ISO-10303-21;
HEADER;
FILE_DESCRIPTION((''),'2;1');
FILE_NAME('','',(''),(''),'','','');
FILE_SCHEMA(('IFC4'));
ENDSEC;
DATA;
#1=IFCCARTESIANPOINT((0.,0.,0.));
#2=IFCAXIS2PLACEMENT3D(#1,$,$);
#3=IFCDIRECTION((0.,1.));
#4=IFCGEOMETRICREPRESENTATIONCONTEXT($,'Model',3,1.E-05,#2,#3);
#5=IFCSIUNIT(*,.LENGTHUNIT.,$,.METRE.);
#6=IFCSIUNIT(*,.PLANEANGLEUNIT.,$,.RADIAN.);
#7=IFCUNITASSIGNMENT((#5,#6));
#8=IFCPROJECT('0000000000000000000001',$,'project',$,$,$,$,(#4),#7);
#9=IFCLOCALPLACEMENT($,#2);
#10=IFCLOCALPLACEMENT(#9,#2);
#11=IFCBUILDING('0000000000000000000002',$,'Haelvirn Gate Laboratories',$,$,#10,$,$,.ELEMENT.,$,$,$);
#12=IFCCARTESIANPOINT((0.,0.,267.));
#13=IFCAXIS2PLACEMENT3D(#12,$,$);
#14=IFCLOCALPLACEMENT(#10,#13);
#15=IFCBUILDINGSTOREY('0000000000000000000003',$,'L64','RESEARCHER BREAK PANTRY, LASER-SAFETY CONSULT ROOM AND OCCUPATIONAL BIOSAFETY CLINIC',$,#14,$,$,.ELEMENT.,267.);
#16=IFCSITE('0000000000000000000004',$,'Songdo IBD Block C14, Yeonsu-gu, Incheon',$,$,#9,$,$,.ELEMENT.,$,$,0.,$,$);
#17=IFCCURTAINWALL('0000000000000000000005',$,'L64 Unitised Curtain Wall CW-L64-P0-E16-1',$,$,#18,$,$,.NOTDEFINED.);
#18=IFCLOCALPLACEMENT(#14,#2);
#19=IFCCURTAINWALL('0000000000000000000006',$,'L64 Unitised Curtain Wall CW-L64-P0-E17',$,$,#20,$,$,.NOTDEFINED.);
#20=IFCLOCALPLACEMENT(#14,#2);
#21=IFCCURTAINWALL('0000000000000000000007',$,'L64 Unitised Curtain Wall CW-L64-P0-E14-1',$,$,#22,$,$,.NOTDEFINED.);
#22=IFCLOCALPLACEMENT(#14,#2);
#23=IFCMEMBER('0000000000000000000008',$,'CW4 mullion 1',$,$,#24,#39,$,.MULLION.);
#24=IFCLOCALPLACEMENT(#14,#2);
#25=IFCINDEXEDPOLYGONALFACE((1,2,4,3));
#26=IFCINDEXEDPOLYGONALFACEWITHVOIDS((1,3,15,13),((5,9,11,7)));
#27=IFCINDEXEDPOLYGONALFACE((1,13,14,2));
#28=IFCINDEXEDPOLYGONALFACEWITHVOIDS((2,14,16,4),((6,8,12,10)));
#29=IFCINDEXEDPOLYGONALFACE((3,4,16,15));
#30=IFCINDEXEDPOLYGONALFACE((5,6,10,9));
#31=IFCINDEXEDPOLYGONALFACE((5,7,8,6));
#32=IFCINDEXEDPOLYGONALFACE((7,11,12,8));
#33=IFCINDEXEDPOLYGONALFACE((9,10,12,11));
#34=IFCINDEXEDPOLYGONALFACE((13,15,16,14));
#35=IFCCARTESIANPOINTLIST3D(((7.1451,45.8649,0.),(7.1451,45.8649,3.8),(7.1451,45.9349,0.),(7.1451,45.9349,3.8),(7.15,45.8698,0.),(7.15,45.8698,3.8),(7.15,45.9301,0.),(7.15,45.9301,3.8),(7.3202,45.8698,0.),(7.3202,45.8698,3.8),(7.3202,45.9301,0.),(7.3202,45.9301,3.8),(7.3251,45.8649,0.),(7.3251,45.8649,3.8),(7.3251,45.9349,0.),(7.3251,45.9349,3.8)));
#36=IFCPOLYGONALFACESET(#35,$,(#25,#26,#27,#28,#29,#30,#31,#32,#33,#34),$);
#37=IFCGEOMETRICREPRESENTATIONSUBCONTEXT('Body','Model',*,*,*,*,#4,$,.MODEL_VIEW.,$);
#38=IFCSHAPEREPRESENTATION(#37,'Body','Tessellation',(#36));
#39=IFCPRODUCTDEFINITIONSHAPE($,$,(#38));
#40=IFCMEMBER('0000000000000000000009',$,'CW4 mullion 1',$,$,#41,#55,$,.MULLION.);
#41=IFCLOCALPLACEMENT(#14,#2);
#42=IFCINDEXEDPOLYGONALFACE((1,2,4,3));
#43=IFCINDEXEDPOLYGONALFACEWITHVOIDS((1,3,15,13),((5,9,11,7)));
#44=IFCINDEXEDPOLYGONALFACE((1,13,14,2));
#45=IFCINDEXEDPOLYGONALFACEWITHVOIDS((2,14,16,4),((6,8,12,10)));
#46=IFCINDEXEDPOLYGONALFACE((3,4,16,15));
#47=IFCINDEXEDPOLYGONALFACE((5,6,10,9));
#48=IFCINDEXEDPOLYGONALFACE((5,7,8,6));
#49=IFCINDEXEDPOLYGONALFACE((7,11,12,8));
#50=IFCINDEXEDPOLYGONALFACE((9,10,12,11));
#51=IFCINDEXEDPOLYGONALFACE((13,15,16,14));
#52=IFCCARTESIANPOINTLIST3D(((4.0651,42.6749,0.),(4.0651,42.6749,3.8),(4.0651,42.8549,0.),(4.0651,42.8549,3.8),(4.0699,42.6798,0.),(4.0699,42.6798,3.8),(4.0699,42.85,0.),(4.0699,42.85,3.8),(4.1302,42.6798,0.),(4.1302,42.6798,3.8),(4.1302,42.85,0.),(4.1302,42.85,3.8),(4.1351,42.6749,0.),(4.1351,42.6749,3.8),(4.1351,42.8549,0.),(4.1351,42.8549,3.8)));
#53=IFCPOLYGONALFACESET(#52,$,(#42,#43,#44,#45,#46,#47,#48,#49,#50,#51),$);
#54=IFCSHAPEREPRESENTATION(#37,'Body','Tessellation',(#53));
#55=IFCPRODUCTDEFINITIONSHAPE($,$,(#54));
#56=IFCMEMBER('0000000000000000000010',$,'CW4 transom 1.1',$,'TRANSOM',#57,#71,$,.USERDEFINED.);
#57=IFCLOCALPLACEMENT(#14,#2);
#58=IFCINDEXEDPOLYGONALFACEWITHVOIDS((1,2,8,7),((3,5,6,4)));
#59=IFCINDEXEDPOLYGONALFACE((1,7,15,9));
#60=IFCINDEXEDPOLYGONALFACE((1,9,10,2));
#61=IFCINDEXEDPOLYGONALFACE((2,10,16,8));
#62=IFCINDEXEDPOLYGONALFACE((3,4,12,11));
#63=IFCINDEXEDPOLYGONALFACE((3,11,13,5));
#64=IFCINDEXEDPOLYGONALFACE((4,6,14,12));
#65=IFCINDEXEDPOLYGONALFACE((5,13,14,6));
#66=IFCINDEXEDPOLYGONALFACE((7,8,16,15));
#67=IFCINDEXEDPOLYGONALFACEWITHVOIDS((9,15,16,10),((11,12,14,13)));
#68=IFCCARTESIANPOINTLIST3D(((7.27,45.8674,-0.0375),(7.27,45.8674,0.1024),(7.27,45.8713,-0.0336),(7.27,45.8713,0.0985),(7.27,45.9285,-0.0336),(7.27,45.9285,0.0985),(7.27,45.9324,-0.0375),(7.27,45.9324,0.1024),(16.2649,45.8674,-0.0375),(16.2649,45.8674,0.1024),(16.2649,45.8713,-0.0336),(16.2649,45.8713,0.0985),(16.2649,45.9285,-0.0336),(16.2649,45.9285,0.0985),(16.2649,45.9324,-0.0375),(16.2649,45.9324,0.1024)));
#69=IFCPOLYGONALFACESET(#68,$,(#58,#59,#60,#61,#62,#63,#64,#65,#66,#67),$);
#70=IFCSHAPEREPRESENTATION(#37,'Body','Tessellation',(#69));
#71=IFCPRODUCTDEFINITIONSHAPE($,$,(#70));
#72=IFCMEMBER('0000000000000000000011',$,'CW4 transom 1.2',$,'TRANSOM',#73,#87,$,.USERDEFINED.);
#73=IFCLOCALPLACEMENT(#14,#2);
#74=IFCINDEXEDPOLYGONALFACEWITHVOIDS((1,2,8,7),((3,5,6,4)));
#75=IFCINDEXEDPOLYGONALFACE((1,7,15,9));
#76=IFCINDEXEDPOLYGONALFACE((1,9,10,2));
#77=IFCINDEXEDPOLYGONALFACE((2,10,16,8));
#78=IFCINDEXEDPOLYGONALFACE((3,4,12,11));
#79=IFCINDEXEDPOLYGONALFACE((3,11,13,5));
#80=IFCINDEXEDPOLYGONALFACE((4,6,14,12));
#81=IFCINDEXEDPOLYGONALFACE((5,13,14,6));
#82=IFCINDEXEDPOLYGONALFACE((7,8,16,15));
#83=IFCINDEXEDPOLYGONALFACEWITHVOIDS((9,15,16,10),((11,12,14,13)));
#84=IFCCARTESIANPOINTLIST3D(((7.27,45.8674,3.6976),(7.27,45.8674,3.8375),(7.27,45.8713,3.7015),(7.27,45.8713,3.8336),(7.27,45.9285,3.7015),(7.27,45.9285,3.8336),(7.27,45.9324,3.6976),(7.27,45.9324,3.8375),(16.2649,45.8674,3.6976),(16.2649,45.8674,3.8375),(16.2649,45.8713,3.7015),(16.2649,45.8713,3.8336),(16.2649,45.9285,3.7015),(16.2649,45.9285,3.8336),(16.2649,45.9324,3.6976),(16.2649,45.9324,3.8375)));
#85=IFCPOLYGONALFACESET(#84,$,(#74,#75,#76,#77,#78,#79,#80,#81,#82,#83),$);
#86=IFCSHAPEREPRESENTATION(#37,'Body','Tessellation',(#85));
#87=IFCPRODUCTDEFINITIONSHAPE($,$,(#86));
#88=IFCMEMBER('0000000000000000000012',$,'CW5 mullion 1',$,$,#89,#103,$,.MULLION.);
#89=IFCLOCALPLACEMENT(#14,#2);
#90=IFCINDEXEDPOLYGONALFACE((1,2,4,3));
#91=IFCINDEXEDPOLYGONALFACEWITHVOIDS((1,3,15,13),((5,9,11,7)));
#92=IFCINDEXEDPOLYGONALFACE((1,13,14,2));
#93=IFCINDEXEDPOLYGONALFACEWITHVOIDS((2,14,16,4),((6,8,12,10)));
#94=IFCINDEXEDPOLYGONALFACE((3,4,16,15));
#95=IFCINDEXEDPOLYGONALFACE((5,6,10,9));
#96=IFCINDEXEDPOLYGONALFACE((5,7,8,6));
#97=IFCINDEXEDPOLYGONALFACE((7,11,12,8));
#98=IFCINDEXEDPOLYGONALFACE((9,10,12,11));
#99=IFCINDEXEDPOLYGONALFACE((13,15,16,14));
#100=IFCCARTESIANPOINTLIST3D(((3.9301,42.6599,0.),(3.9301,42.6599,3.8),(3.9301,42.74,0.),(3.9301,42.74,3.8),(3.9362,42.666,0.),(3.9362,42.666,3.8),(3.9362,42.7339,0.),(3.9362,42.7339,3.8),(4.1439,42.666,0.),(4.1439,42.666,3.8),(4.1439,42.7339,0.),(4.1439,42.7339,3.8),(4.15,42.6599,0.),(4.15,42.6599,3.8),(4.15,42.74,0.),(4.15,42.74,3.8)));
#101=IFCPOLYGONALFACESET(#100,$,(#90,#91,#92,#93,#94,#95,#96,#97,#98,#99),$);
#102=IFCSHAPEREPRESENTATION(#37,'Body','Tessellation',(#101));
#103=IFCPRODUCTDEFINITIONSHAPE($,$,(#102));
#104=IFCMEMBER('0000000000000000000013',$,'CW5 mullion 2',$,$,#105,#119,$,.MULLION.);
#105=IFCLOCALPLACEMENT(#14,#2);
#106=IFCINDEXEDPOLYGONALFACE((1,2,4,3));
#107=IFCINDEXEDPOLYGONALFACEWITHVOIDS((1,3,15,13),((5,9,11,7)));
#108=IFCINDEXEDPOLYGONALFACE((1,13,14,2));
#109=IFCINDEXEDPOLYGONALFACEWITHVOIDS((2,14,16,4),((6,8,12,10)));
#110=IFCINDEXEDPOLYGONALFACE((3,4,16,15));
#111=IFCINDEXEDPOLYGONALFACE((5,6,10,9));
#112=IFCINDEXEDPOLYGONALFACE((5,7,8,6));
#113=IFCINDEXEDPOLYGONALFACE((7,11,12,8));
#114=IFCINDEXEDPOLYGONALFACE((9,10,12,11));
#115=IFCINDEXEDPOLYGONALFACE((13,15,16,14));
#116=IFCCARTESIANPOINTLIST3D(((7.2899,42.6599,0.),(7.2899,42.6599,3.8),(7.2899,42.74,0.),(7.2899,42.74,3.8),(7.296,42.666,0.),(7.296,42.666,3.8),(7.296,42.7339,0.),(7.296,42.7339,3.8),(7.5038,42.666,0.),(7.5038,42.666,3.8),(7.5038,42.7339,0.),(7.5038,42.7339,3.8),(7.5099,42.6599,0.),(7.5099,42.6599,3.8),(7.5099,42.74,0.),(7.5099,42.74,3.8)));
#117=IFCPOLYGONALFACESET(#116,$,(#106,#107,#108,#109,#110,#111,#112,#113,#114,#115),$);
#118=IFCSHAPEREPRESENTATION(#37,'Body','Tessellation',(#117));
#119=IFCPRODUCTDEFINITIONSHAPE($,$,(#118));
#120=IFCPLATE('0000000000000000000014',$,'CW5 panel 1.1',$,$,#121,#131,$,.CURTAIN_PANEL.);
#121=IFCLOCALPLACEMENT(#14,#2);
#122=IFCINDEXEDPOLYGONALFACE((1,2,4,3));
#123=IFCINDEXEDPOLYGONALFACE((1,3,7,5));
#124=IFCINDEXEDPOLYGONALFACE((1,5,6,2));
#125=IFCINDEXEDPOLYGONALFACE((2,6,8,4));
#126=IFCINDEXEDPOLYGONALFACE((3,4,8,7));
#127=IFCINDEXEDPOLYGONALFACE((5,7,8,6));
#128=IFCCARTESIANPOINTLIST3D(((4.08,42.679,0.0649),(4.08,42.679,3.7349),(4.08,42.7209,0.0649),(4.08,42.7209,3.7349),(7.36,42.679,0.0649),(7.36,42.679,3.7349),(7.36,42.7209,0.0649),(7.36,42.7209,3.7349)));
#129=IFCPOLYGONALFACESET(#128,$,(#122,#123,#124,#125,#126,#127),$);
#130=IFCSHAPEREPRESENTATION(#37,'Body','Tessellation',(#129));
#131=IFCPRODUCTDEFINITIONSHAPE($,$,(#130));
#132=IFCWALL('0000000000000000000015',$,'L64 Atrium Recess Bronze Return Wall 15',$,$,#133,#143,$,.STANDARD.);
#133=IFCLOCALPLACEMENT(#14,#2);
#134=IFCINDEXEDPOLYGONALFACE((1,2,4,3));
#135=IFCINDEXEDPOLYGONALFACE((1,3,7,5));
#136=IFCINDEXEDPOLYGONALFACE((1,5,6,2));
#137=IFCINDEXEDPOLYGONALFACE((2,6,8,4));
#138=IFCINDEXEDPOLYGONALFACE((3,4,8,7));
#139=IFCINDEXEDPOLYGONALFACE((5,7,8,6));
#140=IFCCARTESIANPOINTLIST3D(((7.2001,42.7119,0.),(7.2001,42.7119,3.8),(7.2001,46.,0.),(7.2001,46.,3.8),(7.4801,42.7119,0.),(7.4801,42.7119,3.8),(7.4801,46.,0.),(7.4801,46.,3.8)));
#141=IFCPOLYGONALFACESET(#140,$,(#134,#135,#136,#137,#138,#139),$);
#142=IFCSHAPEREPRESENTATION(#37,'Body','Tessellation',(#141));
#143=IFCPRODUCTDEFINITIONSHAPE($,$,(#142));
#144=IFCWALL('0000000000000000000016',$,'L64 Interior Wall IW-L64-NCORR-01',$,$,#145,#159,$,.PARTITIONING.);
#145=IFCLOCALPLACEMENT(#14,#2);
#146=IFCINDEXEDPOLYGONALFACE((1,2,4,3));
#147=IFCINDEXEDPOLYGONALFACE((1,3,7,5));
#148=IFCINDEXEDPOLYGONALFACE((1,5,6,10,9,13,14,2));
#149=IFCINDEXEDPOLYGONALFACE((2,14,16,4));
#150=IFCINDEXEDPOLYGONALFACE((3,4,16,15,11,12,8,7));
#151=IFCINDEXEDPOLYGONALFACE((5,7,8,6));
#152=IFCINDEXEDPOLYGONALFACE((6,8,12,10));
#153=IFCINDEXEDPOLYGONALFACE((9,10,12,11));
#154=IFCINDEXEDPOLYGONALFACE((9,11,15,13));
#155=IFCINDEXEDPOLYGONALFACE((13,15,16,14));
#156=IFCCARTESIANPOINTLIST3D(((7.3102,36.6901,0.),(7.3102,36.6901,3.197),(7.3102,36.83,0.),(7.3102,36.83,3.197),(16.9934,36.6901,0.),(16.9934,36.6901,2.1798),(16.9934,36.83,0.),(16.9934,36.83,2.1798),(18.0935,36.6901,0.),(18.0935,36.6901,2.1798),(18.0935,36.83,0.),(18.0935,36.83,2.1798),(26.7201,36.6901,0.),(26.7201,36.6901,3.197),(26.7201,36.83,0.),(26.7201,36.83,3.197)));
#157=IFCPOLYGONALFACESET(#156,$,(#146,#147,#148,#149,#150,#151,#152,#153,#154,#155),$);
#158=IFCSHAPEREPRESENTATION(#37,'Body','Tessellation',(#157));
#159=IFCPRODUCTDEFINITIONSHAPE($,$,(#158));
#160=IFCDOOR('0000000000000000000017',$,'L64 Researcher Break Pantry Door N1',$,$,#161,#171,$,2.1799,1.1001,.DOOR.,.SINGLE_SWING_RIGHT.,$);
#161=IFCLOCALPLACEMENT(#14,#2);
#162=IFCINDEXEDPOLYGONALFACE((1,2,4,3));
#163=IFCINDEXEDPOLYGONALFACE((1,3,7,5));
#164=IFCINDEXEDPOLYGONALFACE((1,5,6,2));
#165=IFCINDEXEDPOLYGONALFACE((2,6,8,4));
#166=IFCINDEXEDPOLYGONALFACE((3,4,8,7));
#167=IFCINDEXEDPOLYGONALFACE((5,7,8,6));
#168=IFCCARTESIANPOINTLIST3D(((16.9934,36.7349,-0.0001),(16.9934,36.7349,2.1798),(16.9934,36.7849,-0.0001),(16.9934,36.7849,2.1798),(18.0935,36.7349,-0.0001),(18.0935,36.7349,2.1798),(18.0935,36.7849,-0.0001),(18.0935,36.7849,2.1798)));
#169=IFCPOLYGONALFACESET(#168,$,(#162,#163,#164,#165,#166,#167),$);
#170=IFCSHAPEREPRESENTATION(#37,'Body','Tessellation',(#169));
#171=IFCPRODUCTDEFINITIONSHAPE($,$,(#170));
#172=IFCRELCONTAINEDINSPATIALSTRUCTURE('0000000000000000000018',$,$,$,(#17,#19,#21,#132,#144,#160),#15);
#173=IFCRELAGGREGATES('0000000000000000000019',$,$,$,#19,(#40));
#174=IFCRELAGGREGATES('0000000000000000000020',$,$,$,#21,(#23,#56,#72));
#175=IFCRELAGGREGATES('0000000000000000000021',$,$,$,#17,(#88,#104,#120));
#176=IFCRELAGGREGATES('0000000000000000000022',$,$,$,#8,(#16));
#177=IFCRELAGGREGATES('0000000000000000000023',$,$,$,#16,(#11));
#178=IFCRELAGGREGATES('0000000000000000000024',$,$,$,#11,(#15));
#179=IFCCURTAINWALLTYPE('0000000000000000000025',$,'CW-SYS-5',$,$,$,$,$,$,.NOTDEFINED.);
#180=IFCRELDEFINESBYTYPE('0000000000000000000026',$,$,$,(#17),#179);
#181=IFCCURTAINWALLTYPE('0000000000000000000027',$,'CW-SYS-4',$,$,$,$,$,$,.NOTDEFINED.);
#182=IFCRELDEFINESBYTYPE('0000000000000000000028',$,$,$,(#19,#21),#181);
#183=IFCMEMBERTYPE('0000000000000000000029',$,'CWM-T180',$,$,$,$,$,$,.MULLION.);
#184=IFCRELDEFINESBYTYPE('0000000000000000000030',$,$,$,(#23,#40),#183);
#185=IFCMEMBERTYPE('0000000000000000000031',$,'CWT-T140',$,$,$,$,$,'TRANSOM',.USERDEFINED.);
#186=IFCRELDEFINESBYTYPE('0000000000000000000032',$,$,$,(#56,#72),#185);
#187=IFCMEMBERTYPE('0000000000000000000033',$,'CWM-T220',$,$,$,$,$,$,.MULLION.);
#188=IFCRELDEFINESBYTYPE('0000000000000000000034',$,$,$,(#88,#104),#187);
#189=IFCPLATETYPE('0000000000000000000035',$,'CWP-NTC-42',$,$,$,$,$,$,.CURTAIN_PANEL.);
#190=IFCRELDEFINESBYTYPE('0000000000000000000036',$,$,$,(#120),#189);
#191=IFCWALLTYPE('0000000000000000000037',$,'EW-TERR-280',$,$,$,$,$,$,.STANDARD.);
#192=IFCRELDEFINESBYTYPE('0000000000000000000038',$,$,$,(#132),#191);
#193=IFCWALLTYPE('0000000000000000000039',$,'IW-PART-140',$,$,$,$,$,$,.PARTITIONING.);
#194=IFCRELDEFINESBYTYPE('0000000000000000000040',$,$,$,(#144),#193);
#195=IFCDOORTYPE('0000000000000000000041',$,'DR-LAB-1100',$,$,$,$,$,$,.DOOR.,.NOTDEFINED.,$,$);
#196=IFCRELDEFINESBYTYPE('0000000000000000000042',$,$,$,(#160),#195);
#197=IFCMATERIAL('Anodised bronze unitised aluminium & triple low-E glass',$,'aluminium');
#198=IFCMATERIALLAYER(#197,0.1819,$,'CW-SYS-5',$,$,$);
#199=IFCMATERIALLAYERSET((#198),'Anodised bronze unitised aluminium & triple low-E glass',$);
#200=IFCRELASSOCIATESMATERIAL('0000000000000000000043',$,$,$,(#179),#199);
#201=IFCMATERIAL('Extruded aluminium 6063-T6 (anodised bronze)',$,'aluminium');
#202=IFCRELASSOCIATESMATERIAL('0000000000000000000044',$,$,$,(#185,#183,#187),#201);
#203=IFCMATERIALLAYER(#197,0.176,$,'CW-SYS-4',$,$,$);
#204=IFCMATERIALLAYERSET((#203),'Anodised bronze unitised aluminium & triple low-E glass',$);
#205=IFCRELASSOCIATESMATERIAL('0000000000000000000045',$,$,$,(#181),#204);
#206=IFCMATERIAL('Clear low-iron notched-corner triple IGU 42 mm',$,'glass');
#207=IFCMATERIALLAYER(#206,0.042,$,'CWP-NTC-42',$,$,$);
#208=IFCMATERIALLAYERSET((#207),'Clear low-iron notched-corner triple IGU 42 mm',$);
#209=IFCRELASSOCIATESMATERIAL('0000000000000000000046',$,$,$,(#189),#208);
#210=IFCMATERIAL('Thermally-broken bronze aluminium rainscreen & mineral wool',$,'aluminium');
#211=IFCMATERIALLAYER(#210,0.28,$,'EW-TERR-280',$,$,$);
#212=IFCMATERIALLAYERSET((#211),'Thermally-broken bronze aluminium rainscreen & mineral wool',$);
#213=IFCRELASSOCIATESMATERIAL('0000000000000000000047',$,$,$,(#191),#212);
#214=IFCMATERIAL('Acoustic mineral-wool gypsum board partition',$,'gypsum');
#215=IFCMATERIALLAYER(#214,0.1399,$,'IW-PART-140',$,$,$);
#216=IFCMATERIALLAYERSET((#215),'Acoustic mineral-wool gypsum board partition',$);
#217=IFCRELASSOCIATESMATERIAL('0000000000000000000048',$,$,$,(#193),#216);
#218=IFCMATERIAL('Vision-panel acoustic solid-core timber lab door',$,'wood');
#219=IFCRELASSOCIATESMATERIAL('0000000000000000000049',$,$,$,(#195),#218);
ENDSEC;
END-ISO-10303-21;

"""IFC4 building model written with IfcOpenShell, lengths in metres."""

from ifc_helpers import new_model, si_unit, direction, frame, frame_2d, origin, origin_2d, place, context, subcontext, project, spatial, rectangle, hollow_rectangle, extrude, source, transform, mapped, material, layer, layer_set, material_profile, profile_set, type_object, type_shapes, element, fill, aggregate, save


model = new_model("IFC4")

# Units and contexts
model_context = context("Model", 3, precision=1e-05, world=origin(), true_north=direction((0.0, 1.0)))
body_context = subcontext(model_context, "Body", "Model", "MODEL_VIEW")
ifc_project = project(units=[si_unit("LENGTHUNIT", "METRE"), si_unit("PLANEANGLEUNIT", "RADIAN")], contexts=[model_context])

# Site, building, storey
site_placement = place(None, origin())
site = spatial("IfcSite", under=ifc_project, at=site_placement, Name="Songdo IBD Block C14, Yeonsu-gu, Incheon", CompositionType="ELEMENT", RefElevation=0.0)
building_placement = place(site_placement, origin())
building = spatial("IfcBuilding", under=site, at=building_placement, Name="Haelvirn Gate Laboratories", CompositionType="ELEMENT")
storey_placement = place(building_placement, frame((0.0, 0.0, 267.0)))
storey = spatial("IfcBuildingStorey", under=building, at=storey_placement, Name="L64", Description="RESEARCHER BREAK PANTRY, LASER-SAFETY CONSULT ROOM AND OCCUPATIONAL BIOSAFETY CLINIC", CompositionType="ELEMENT", Elevation=267.0)

# Curtain walls
ifc_material_1 = material(Name="Anodised bronze unitised aluminium & triple low-E glass", Category="aluminium")
ifc_layer_1 = layer(ifc_material_1, 0.1819, Name="CW-SYS-5")
ifc_layer_set_1 = layer_set([ifc_layer_1], Name="Anodised bronze unitised aluminium & triple low-E glass")
curtain_wall_type_1 = type_object("IfcCurtainWallType", Name="CW-SYS-5", PredefinedType="NOTDEFINED", material=ifc_layer_set_1)
curtain_wall_1_placement = place(storey_placement, origin())
curtain_wall_1 = element("IfcCurtainWall", 1, at=curtain_wall_1_placement, inside=storey, type_object=curtain_wall_type_1, Name="L64 Unitised Curtain Wall CW-L64-P0-E16-1", PredefinedType="NOTDEFINED")
ifc_material_2 = material(Name="Extruded aluminium 6063-T6 (anodised bronze)", Category="aluminium")
ifc_material_profile_1 = material_profile(ifc_material_2, hollow_rectangle(XDim=0.0649, YDim=0.1399, WallThickness=0.0039, at=origin_2d()), Name="CWT-140x65x4")
ifc_profile_set_1 = profile_set([ifc_material_profile_1], Name="Extruded aluminium 6063-T6 (anodised bronze)")
member_type_1 = type_object("IfcMemberType", Name="CWT-T140", ElementType="TRANSOM", PredefinedType="USERDEFINED", material=ifc_profile_set_1)
ifc_layer_2 = layer(ifc_material_1, 0.176, Name="CW-SYS-4")
ifc_layer_set_2 = layer_set([ifc_layer_2], Name="Anodised bronze unitised aluminium & triple low-E glass")
curtain_wall_type_2 = type_object("IfcCurtainWallType", Name="CW-SYS-4", PredefinedType="NOTDEFINED", material=ifc_layer_set_2)
curtain_wall_2_placement = place(storey_placement, origin())
curtain_wall_2 = element("IfcCurtainWall", 2, at=curtain_wall_2_placement, inside=storey, type_object=curtain_wall_type_2, Name="L64 Unitised Curtain Wall CW-L64-P0-E17", PredefinedType="NOTDEFINED")

# Curtain wall, member
curtain_wall_3_placement = place(storey_placement, origin())
curtain_wall_3 = element("IfcCurtainWall", 3, at=curtain_wall_3_placement, inside=storey, type_object=curtain_wall_type_2, Name="L64 Unitised Curtain Wall CW-L64-P0-E14-1", PredefinedType="NOTDEFINED")
ifc_material_profile_2 = material_profile(ifc_material_2, hollow_rectangle(XDim=0.0701, YDim=0.1799, WallThickness=0.0049, at=origin_2d()), Name="CWM-180x70x5")
ifc_profile_set_2 = profile_set([ifc_material_profile_2], Name="Extruded aluminium 6063-T6 (anodised bronze)")
member_type_2 = type_object("IfcMemberType", Name="CWM-T180", PredefinedType="MULLION", material=ifc_profile_set_2)
shared_shape_1 = source(origin(), body_context, "Body", "SweptSolid", [
    extrude(hollow_rectangle(XDim=0.0701, YDim=0.1799, WallThickness=0.0049, at=origin_2d()), origin(), (0.0, 0.0, 1.0), 3.8),
])
type_shapes(member_type_2, [shared_shape_1])
member_1_placement = place(storey_placement, frame((7.2351, 45.8999, 0.0), z_axis=(0.0, 0.0, 1.0), x_axis=(0.0, 1.0, 0.0)))
member_1 = element("IfcMember", 4, at=member_1_placement, type_object=member_type_2, Name="CW4 mullion 1", PredefinedType="MULLION", context=body_context, shape_type="MappedRepresentation", body=[
    mapped(shared_shape_1, transform((0.0, 0.0, 0.0), scale=1.0)),
])

# Members
member_2_placement = place(storey_placement, frame((4.1001, 42.7649, 0.0), z_axis=(0.0, 0.0, 1.0), x_axis=(1.0, 0.0, 0.0)))
member_2 = element("IfcMember", 5, at=member_2_placement, type_object=member_type_2, Name="CW4 mullion 1", PredefinedType="MULLION", context=body_context, shape_type="MappedRepresentation", body=[
    mapped(shared_shape_1, transform((0.0, 0.0, 0.0), scale=1.0)),
])
aggregate(curtain_wall_2, [member_2])
shared_shape_2 = source(origin(), body_context, "Body", "SweptSolid", [
    extrude(hollow_rectangle(XDim=0.0649, YDim=0.1399, WallThickness=0.0039, at=origin_2d()), origin(), (0.0, 0.0, 1.0), 8.9949),
])
member_3_placement = place(storey_placement, frame((7.27, 45.8999, 0.0325), z_axis=(1.0, 0.0, 0.0), x_axis=(0.0, 1.0, 0.0)))
member_3 = element("IfcMember", 6, at=member_3_placement, type_object=member_type_1, Name="CW4 transom 1.1", ObjectType="TRANSOM", PredefinedType="USERDEFINED", context=body_context, shape_type="MappedRepresentation", body=[
    mapped(shared_shape_2, transform((0.0, 0.0, 0.0), scale=1.0)),
])
member_4_placement = place(storey_placement, frame((7.27, 45.8999, 3.7676), z_axis=(1.0, 0.0, 0.0), x_axis=(0.0, 1.0, 0.0)))
member_4 = element("IfcMember", 7, at=member_4_placement, type_object=member_type_1, Name="CW4 transom 1.2", ObjectType="TRANSOM", PredefinedType="USERDEFINED", context=body_context, shape_type="MappedRepresentation", body=[
    mapped(shared_shape_2, transform((0.0, 0.0, 0.0), scale=1.0)),
])
aggregate(curtain_wall_3, [member_1, member_3, member_4])
ifc_material_profile_3 = material_profile(ifc_material_2, hollow_rectangle(XDim=0.0801, YDim=0.22, WallThickness=0.0061, at=origin_2d()), Name="CWM-220x80x6")
ifc_profile_set_3 = profile_set([ifc_material_profile_3], Name="Extruded aluminium 6063-T6 (anodised bronze)")
member_type_3 = type_object("IfcMemberType", Name="CWM-T220", PredefinedType="MULLION", material=ifc_profile_set_3)
shared_shape_3 = source(origin(), body_context, "Body", "SweptSolid", [
    extrude(hollow_rectangle(XDim=0.0801, YDim=0.22, WallThickness=0.0061, at=origin_2d()), origin(), (0.0, 0.0, 1.0), 3.8),
])
type_shapes(member_type_3, [shared_shape_3])
member_5_placement = place(storey_placement, frame((4.04, 42.7, 0.0), z_axis=(0.0, 0.0, 1.0), x_axis=(0.0, 1.0, 0.0)))
member_5 = element("IfcMember", 8, at=member_5_placement, type_object=member_type_3, Name="CW5 mullion 1", PredefinedType="MULLION", context=body_context, shape_type="MappedRepresentation", body=[
    mapped(shared_shape_3, transform((0.0, 0.0, 0.0), scale=1.0)),
])
member_6_placement = place(storey_placement, frame((7.3999, 42.7, 0.0), z_axis=(0.0, 0.0, 1.0), x_axis=(0.0, 1.0, 0.0)))
member_6 = element("IfcMember", 9, at=member_6_placement, type_object=member_type_3, Name="CW5 mullion 2", PredefinedType="MULLION", context=body_context, shape_type="MappedRepresentation", body=[
    mapped(shared_shape_3, transform((0.0, 0.0, 0.0), scale=1.0)),
])

# Plate
ifc_material_3 = material(Name="Clear low-iron notched-corner triple IGU 42 mm", Category="glass")
ifc_layer_3 = layer(ifc_material_3, 0.042, Name="CWP-NTC-42")
ifc_layer_set_3 = layer_set([ifc_layer_3], Name="Clear low-iron notched-corner triple IGU 42 mm")
plate_type = type_object("IfcPlateType", Name="CWP-NTC-42", PredefinedType="CURTAIN_PANEL", material=ifc_layer_set_3)
shared_shape_4 = source(origin(), body_context, "Body", "SweptSolid", [
    extrude(rectangle(XDim=3.28, YDim=0.042, at=origin_2d()), origin(), (0.0, 0.0, 1.0), 3.6699),
])
type_shapes(plate_type, [shared_shape_4])
plate_placement = place(storey_placement, frame((5.72, 42.7, 0.0649), z_axis=(0.0, 0.0, 1.0), x_axis=(1.0, 0.0, 0.0)))
plate = element("IfcPlate", 10, at=plate_placement, type_object=plate_type, Name="CW5 panel 1.1", PredefinedType="CURTAIN_PANEL", context=body_context, shape_type="MappedRepresentation", body=[
    mapped(shared_shape_4, transform((0.0, 0.0, 0.0), scale=1.0)),
])
aggregate(curtain_wall_1, [member_5, member_6, plate])

# Wall
ifc_material_4 = material(Name="Thermally-broken bronze aluminium rainscreen & mineral wool", Category="aluminium")
ifc_layer_4 = layer(ifc_material_4, 0.28, Name="EW-TERR-280")
ifc_layer_set_4 = layer_set([ifc_layer_4], Name="Thermally-broken bronze aluminium rainscreen & mineral wool")
wall_type_1 = type_object("IfcWallType", Name="EW-TERR-280", PredefinedType="STANDARD", material=ifc_layer_set_4)
wall_1_placement = place(storey_placement, frame((7.3401, 46.0, 0.0), z_axis=(0.0, 0.0, 1.0), x_axis=(0.0, -1.0, 0.0)))
element("IfcWall", 11, at=wall_1_placement, inside=storey, type_object=wall_type_1, Name="L64 Atrium Recess Bronze Return Wall 15", PredefinedType="STANDARD", context=body_context, shape_type="SweptSolid", body=[
    extrude(rectangle(XDim=3.2881, YDim=0.28, at=frame_2d((1.644, 0.0))), origin(), (0.0, 0.0, 1.0), 3.8),
])

# Wall, opening, door
ifc_material_5 = material(Name="Acoustic mineral-wool gypsum board partition", Category="gypsum")
ifc_layer_5 = layer(ifc_material_5, 0.1399, Name="IW-PART-140")
ifc_layer_set_5 = layer_set([ifc_layer_5], Name="Acoustic mineral-wool gypsum board partition")
wall_type_2 = type_object("IfcWallType", Name="IW-PART-140", PredefinedType="PARTITIONING", material=ifc_layer_set_5)
wall_2_placement = place(storey_placement, frame((7.3101, 36.76, 0.0), z_axis=(0.0, 0.0, 1.0), x_axis=(1.0, 0.0, 0.0)))
wall_2 = element("IfcWall", 12, at=wall_2_placement, inside=storey, type_object=wall_type_2, Name="L64 Interior Wall IW-L64-NCORR-01", PredefinedType="PARTITIONING", context=body_context, shape_type="SweptSolid", body=[
    extrude(rectangle(XDim=19.4099, YDim=0.1399, at=frame_2d((9.7051, 0.0))), origin(), (0.0, 0.0, 1.0), 3.197),
])
opening_1_placement = place(wall_2_placement, frame((9.6833, 0.0, 0.0)))
opening_1 = element("IfcOpeningElement", 13, at=opening_1_placement, cuts=wall_2, PredefinedType="OPENING", context=body_context, shape_type="SweptSolid", body=[
    extrude(rectangle(XDim=1.1001, YDim=2.1799, at=frame_2d((0.55, 1.0898))), frame((0.0, 0.0801, 0.0), z_axis=(0.0, -1.0, 0.0), x_axis=(1.0, 0.0, 0.0)), (0.0, 0.0, 1.0), 0.1599),
])
ifc_material_6 = material(Name="Vision-panel acoustic solid-core timber lab door", Category="wood")
door_type_1 = type_object("IfcDoorType", Name="DR-LAB-1100", OperationType="NOTDEFINED", PredefinedType="DOOR", material=ifc_material_6)
shared_shape_5 = source(origin(), body_context, "Body", "SweptSolid", [
    extrude(rectangle(XDim=1.1001, YDim=2.1799, at=frame_2d((0.55, 1.0898))), frame((0.0, 0.0249, 0.0), z_axis=(0.0, -1.0, 0.0), x_axis=(1.0, 0.0, 0.0)), (0.0, 0.0, 1.0), 0.05),
])
type_shapes(door_type_1, [shared_shape_5])
door_1_placement = place(opening_1_placement, origin())
door_1 = element("IfcDoor", 14, at=door_1_placement, inside=storey, type_object=door_type_1, Name="L64 Researcher Break Pantry Door N1", OperationType="SINGLE_SWING_RIGHT", OverallHeight=2.1799, OverallWidth=1.1001, PredefinedType="DOOR", context=body_context, shape_type="MappedRepresentation", body=[
    mapped(shared_shape_5, transform((0.0, 0.0, 0.0), scale=1.0)),
])
fill(opening_1, door_1)

save(model, "model.ifc")
